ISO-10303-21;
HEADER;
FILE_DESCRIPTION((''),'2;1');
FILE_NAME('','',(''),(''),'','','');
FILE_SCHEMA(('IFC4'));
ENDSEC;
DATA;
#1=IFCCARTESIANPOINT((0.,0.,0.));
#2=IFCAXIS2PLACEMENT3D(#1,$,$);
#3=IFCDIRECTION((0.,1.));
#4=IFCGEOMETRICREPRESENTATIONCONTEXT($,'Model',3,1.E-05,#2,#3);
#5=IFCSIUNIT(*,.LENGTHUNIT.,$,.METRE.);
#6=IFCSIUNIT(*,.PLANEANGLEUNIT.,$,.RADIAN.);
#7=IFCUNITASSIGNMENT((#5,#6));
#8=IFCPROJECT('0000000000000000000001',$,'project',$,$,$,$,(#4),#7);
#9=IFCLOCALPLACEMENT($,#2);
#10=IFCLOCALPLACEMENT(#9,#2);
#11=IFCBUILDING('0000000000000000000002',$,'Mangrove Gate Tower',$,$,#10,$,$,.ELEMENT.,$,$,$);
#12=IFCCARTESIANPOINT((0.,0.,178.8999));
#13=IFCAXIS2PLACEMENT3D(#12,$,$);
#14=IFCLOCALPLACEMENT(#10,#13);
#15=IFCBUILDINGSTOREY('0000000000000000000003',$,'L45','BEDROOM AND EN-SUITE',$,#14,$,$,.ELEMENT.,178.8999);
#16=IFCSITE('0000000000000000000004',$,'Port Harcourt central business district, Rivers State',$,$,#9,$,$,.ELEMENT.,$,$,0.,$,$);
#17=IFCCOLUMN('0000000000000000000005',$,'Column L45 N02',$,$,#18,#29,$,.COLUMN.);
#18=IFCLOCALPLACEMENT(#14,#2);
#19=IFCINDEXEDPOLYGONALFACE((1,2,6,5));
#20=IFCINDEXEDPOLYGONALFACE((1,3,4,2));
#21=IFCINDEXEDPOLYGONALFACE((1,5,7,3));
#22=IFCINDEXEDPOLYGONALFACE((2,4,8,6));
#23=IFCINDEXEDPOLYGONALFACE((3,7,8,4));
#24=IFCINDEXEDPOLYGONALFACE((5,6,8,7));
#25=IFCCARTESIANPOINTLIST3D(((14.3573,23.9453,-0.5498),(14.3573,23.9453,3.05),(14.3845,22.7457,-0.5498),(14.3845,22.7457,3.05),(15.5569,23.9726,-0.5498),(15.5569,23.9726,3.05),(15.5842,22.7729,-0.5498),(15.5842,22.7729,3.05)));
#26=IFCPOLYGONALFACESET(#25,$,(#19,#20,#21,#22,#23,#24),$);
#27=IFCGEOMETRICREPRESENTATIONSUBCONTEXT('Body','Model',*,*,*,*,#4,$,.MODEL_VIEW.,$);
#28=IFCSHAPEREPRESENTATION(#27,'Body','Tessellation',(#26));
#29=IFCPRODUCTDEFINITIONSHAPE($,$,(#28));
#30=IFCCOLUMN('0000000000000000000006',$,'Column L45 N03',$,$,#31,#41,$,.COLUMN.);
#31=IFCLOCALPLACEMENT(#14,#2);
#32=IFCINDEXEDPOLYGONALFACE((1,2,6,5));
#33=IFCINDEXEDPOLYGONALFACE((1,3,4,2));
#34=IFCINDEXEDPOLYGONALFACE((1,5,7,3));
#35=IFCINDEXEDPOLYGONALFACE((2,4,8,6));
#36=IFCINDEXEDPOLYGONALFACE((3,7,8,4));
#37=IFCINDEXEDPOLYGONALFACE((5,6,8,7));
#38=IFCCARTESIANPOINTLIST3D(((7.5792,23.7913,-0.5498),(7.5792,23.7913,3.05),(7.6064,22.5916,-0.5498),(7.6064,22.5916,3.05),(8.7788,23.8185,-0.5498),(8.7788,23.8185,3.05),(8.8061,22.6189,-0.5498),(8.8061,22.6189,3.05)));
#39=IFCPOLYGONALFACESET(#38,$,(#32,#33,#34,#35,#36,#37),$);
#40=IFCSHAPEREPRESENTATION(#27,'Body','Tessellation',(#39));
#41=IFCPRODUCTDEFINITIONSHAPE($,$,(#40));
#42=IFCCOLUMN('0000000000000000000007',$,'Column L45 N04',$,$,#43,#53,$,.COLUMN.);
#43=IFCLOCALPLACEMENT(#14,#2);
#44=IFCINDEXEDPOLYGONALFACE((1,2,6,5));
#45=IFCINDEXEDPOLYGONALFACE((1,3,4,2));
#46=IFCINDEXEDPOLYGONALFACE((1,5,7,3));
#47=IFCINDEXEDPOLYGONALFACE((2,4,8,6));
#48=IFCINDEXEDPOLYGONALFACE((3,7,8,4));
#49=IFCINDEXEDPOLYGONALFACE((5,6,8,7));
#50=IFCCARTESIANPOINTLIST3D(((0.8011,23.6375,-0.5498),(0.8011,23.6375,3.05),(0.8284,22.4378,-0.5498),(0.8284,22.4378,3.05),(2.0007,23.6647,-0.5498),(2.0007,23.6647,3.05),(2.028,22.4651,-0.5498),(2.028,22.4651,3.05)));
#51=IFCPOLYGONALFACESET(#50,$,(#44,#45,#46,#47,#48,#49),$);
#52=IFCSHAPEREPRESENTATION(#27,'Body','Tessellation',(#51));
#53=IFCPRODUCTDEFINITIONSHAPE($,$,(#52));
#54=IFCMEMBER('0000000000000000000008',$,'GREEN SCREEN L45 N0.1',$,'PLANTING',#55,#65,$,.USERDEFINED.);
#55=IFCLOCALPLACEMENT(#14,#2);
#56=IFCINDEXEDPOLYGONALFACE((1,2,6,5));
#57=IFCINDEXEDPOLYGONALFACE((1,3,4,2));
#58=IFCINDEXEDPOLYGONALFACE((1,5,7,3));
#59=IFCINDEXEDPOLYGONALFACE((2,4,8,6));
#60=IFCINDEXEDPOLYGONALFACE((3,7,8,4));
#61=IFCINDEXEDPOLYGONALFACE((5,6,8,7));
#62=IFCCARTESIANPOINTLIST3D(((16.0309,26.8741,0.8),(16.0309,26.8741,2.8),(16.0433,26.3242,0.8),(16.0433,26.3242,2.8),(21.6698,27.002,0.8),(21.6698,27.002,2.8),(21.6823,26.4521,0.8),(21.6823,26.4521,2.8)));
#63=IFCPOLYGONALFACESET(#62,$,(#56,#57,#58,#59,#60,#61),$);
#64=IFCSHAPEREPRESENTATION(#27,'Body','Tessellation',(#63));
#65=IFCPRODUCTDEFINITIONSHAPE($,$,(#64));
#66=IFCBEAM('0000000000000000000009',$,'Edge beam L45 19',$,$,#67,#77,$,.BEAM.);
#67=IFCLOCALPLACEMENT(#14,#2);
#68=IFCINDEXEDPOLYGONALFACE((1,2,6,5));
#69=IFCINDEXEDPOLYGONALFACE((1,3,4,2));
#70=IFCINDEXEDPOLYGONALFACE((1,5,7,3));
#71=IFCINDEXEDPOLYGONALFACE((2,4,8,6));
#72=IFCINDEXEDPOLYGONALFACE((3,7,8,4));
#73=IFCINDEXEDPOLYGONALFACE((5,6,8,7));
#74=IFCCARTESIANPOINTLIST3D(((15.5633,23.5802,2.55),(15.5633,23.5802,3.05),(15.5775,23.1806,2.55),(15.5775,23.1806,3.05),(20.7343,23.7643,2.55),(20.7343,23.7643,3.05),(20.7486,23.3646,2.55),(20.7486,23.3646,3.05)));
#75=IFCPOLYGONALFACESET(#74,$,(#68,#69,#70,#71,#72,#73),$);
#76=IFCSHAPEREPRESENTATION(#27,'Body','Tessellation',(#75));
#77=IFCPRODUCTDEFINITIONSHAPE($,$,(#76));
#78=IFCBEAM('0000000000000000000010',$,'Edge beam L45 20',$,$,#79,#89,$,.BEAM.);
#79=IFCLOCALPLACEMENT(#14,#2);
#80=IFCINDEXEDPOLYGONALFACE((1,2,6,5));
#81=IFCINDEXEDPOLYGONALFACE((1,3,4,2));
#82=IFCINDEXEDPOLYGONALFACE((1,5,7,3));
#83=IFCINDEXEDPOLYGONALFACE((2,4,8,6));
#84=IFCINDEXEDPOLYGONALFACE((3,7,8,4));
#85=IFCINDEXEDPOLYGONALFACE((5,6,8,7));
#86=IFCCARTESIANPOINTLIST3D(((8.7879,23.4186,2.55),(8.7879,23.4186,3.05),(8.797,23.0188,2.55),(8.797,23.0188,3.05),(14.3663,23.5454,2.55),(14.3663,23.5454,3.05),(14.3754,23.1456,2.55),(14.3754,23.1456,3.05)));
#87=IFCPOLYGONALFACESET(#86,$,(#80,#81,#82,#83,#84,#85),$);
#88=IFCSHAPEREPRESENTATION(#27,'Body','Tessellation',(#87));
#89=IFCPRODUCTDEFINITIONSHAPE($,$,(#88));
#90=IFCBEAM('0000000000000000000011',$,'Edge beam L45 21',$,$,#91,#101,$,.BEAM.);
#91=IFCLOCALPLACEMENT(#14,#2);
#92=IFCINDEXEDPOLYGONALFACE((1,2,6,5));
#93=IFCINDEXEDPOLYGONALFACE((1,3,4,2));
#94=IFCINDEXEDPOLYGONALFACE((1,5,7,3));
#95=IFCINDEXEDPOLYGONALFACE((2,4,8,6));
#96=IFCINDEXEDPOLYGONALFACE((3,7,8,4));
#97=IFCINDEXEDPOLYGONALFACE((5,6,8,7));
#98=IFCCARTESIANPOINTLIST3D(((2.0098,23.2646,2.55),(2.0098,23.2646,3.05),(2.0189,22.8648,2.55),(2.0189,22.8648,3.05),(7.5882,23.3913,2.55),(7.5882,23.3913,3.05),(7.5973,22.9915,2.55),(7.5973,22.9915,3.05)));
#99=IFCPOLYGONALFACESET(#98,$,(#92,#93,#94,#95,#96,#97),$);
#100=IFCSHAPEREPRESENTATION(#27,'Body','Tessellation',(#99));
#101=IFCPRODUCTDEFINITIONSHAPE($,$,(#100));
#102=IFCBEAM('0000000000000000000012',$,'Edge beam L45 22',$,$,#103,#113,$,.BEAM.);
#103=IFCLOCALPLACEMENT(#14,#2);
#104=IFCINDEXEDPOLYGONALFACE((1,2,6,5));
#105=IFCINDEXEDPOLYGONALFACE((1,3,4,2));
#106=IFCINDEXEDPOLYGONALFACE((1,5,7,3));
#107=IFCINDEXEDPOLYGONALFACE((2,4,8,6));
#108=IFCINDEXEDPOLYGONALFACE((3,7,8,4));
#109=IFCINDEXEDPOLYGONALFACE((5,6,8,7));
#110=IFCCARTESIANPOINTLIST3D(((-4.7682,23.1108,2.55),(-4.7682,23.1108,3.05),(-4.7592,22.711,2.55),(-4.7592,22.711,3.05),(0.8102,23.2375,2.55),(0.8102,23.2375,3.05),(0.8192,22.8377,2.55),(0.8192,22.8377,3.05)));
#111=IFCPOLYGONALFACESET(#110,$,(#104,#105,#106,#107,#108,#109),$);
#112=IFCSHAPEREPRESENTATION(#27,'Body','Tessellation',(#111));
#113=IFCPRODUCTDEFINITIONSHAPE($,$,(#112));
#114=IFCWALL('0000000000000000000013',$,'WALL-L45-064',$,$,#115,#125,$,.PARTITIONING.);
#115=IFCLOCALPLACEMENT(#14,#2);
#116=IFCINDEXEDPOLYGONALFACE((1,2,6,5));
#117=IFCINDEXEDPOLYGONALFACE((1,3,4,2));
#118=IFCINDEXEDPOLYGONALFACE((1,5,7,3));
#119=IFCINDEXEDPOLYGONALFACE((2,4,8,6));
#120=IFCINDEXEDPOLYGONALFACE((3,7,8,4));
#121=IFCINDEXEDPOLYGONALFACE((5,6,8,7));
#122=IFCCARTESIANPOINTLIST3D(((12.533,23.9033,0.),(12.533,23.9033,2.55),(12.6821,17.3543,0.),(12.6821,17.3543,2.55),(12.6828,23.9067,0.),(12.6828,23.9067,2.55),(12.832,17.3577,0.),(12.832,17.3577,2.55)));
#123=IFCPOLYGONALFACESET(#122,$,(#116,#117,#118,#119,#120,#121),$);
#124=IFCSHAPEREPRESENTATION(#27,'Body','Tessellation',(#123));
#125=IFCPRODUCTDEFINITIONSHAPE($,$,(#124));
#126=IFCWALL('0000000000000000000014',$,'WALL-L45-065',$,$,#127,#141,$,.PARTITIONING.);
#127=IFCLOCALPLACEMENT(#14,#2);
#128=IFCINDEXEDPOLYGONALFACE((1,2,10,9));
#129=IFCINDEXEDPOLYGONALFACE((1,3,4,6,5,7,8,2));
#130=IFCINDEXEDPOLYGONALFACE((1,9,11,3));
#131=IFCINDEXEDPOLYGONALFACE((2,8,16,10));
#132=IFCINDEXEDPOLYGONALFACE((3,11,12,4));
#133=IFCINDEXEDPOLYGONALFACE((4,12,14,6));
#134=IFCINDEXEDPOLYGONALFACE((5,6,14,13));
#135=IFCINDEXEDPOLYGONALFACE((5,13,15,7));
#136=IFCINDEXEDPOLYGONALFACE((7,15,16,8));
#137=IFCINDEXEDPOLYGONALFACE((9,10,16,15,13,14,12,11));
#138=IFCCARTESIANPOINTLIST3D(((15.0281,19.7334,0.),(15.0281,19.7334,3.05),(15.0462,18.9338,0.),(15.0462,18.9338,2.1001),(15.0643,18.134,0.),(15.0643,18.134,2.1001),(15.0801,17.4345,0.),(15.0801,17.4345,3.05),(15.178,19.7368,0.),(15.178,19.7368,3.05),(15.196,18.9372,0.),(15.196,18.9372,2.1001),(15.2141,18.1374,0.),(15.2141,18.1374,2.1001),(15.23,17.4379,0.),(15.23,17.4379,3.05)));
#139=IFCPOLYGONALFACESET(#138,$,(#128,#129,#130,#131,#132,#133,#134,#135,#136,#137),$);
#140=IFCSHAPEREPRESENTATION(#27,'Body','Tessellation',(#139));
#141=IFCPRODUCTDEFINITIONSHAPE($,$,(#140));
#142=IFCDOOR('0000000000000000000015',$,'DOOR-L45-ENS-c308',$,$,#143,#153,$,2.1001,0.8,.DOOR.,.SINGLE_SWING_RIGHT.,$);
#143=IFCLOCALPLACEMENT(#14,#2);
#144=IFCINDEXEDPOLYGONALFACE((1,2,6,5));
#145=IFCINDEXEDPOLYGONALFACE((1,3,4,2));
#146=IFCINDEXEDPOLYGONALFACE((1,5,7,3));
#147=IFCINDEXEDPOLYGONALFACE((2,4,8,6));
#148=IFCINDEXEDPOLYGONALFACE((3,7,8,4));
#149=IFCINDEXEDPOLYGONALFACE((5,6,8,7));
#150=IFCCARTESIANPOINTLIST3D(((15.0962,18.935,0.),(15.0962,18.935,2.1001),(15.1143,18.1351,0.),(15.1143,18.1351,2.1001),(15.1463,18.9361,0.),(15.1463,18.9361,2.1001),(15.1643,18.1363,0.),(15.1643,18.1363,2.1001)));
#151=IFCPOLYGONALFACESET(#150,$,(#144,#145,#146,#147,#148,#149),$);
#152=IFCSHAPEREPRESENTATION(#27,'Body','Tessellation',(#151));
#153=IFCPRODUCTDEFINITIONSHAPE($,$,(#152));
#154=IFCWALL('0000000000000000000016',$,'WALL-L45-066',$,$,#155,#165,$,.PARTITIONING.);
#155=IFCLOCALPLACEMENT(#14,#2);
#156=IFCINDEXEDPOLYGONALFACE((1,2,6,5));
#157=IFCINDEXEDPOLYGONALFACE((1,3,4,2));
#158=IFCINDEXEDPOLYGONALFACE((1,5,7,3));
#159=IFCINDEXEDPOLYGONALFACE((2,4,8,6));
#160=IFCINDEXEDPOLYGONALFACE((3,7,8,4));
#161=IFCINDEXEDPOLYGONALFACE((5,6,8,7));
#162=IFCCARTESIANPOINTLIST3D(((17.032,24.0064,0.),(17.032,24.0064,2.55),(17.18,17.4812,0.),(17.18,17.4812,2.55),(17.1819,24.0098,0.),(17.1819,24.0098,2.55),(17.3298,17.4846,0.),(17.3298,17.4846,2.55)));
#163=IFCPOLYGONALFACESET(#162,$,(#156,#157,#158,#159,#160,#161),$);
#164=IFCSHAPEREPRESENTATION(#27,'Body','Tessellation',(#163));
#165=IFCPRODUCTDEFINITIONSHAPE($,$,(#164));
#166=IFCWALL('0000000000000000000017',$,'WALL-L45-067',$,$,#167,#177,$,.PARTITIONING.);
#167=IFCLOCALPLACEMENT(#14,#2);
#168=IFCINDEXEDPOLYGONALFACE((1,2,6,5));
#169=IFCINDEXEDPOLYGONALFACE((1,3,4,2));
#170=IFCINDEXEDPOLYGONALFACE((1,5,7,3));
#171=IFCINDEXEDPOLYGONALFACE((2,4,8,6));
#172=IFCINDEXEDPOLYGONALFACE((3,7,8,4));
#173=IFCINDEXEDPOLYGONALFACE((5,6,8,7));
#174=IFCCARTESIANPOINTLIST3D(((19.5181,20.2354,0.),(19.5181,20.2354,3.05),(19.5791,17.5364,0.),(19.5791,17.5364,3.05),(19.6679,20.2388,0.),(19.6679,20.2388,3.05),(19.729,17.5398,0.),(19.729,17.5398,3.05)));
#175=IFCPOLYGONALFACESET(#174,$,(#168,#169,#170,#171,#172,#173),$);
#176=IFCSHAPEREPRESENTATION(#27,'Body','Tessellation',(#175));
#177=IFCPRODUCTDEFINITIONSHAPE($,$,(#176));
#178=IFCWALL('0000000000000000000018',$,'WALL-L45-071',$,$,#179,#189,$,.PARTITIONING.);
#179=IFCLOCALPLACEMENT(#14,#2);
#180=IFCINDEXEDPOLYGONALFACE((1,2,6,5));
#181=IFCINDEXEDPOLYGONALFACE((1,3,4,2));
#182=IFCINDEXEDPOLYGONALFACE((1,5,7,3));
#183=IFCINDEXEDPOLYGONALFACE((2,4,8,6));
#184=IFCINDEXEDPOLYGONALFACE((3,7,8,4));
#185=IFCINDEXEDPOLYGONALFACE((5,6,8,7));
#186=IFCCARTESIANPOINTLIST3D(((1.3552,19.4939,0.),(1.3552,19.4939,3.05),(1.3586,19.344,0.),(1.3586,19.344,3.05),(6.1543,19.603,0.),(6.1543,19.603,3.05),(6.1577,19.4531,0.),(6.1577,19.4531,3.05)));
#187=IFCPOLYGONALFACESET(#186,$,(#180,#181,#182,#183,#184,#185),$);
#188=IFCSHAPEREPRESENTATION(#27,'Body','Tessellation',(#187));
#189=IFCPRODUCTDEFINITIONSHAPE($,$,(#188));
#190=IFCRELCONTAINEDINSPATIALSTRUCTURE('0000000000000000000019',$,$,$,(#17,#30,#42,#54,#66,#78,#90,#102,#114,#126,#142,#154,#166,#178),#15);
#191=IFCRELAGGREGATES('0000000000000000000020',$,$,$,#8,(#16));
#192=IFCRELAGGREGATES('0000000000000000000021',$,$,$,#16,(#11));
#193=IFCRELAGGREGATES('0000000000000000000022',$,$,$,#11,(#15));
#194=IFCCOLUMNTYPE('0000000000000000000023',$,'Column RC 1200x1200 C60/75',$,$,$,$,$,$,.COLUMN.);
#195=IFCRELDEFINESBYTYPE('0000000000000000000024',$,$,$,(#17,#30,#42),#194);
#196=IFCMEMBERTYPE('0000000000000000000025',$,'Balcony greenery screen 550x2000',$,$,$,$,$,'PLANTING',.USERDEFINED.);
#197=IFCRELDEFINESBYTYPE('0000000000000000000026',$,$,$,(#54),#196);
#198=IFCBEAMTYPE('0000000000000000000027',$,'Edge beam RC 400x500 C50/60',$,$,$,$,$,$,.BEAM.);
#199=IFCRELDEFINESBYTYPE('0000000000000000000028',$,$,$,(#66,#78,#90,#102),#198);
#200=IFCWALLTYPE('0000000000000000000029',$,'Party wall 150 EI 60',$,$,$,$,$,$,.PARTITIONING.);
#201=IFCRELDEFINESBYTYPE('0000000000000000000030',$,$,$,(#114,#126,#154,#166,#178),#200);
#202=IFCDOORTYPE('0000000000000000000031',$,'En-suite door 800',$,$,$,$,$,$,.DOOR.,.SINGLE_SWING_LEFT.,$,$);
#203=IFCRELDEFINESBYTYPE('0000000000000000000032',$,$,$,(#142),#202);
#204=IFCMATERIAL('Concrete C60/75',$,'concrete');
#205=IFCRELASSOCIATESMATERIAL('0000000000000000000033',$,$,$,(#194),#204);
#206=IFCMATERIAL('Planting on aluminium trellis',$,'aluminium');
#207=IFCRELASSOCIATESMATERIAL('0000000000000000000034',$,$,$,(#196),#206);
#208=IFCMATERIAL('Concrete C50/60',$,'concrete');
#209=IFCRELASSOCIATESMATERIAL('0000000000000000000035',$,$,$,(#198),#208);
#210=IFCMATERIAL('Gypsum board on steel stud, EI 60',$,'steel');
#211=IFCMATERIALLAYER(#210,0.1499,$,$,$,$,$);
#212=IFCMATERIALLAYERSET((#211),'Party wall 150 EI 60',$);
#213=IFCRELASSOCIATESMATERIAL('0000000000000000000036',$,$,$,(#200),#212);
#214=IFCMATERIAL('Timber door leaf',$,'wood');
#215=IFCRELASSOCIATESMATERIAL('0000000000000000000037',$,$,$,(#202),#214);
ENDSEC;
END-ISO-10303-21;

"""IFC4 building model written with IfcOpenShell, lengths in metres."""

from ifc_helpers import new_model, si_unit, direction, frame, frame_2d, origin, origin_2d, place, context, subcontext, project, spatial, rectangle, extrude, material, layer, layer_set, material_profile, profile_set, type_object, element, fill, save


model = new_model("IFC4")

# Units and contexts
model_context = context("Model", 3, precision=1e-05, world=origin(), true_north=direction((0.0, 1.0)))
body_context = subcontext(model_context, "Body", "Model", "MODEL_VIEW")
ifc_project = project(units=[si_unit("LENGTHUNIT", "METRE"), si_unit("PLANEANGLEUNIT", "RADIAN")], contexts=[model_context])

# Site, building, storey
site_placement = place(None, origin())
site = spatial("IfcSite", under=ifc_project, at=site_placement, Name="Port Harcourt central business district, Rivers State", CompositionType="ELEMENT", RefElevation=0.0)
building_placement = place(site_placement, origin())
building = spatial("IfcBuilding", under=site, at=building_placement, Name="Mangrove Gate Tower", CompositionType="ELEMENT")
storey_placement = place(building_placement, frame((0.0, 0.0, 178.8999)))
storey = spatial("IfcBuildingStorey", under=building, at=storey_placement, Name="L45", Description="BEDROOM AND EN-SUITE", CompositionType="ELEMENT", Elevation=178.8999)

# Columns
ifc_material_1 = material(Name="Concrete C60/75", Category="concrete")
ifc_material_profile_1 = material_profile(ifc_material_1, rectangle(XDim=1.2, YDim=1.2, at=origin_2d()))
ifc_profile_set_1 = profile_set([ifc_material_profile_1], Name="Concrete C60/75")
column_type = type_object("IfcColumnType", Name="Column RC 1200x1200 C60/75", PredefinedType="COLUMN", material=ifc_profile_set_1)
for number, where, z_axis, x_axis, name in (
    (1, (14.9707, 23.3591, -0.5498), (0.0, 0.0, 1.0), (-0.999742, -0.022713, 0.0), "Column L45 N02"),
    (2, (8.1926, 23.2051, -0.5498), (0.0, 0.0, 1.0), (-0.999742, -0.022715, 0.0), "Column L45 N03"),
    (3, (1.4146, 23.0513, -0.5498), (0.0, 0.0, 1.0), (-0.999742, -0.022715, 0.0), "Column L45 N04"),
):
    element("IfcColumn", number, at=place(storey_placement, frame(where, z_axis=z_axis, x_axis=x_axis)), inside=storey, type_object=column_type, Name=name, PredefinedType="COLUMN", context=body_context, shape_type="SweptSolid", body=[
        extrude(rectangle(XDim=1.2, YDim=1.2, at=origin_2d()), origin(), (0.0, 0.0, 1.0), 3.5999),
    ])

# Member
ifc_material_2 = material(Name="Planting on aluminium trellis", Category="aluminium")
ifc_material_profile_2 = material_profile(ifc_material_2, rectangle(XDim=0.55, YDim=2.0, at=origin_2d()))
ifc_profile_set_2 = profile_set([ifc_material_profile_2], Name="Planting on aluminium trellis")
member_type = type_object("IfcMemberType", Name="Balcony greenery screen 550x2000", ElementType="PLANTING", PredefinedType="USERDEFINED", material=ifc_profile_set_2)
member_placement = place(storey_placement, frame((16.0371, 26.5991, 1.8), z_axis=(0.999743, 0.022681, 0.0), x_axis=(-0.022681, 0.999743, 0.0)))
element("IfcMember", 4, at=member_placement, inside=storey, type_object=member_type, Name="GREEN SCREEN L45 N0.1", ObjectType="PLANTING", PredefinedType="USERDEFINED", context=body_context, shape_type="SweptSolid", body=[
    extrude(rectangle(XDim=0.55, YDim=2.0, at=origin_2d()), origin(), (0.0, 0.0, 1.0), 5.6404),
])

# Beams
ifc_material_3 = material(Name="Concrete C50/60", Category="concrete")
ifc_material_profile_3 = material_profile(ifc_material_3, rectangle(XDim=0.3999, YDim=0.5, at=origin_2d()))
ifc_profile_set_3 = profile_set([ifc_material_profile_3], Name="Concrete C50/60")
beam_type = type_object("IfcBeamType", Name="Edge beam RC 400x500 C50/60", PredefinedType="BEAM", material=ifc_profile_set_3)
beam_placement = place(storey_placement, frame((20.7415, 23.5645, 2.8), z_axis=(-0.999367, -0.035575, 0.0), x_axis=(0.035575, -0.999367, 0.0)))
element("IfcBeam", 5, at=beam_placement, inside=storey, type_object=beam_type, Name="Edge beam L45 19", PredefinedType="BEAM", context=body_context, shape_type="SweptSolid", body=[
    extrude(rectangle(XDim=0.3999, YDim=0.5, at=origin_2d()), origin(), (0.0, 0.0, 1.0), 5.1743),
])
for number, where, z_axis, x_axis, name in (
    (6, (14.3708, 23.3455, 2.8), (-0.999742, -0.022708, 0.0), (0.022708, -0.999742, 0.0), "Edge beam L45 20"),
    (7, (7.5928, 23.1914, 2.8), (-0.999742, -0.022708, 0.0), (0.022708, -0.999742, 0.0), "Edge beam L45 21"),
    (8, (0.8147, 23.0376, 2.8), (-0.999742, -0.022708, 0.0), (0.022708, -0.999742, 0.0), "Edge beam L45 22"),
):
    element("IfcBeam", number, at=place(storey_placement, frame(where, z_axis=z_axis, x_axis=x_axis)), inside=storey, type_object=beam_type, Name=name, PredefinedType="BEAM", context=body_context, shape_type="SweptSolid", body=[
        extrude(rectangle(XDim=0.3999, YDim=0.5, at=origin_2d()), origin(), (0.0, 0.0, 1.0), 5.5798),
    ])

# Wall
ifc_material_4 = material(Name="Gypsum board on steel stud, EI 60", Category="steel")
ifc_layer_1 = layer(ifc_material_4, 0.1499)
ifc_layer_set_1 = layer_set([ifc_layer_1], Name="Party wall 150 EI 60")
wall_type_1 = type_object("IfcWallType", Name="Party wall 150 EI 60", PredefinedType="PARTITIONING", material=ifc_layer_set_1)
wall_1_placement = place(storey_placement, frame((12.7571, 17.356, 0.0), z_axis=(0.0, 0.0, 1.0), x_axis=(-0.022771, 0.999741, 0.0)))
element("IfcWall", 9, at=wall_1_placement, inside=storey, type_object=wall_type_1, Name="WALL-L45-064", PredefinedType="PARTITIONING", context=body_context, shape_type="SweptSolid", body=[
    extrude(rectangle(XDim=6.5508, YDim=0.1499, at=frame_2d((3.2754, 0.0))), origin(), (0.0, 0.0, 1.0), 2.55),
])

# Wall, opening, door
wall_2_placement = place(storey_placement, frame((15.155, 17.436, 0.0), z_axis=(0.0, 0.0, 1.0), x_axis=(-0.022613, 0.999744, 0.0)))
wall_2 = element("IfcWall", 10, at=wall_2_placement, inside=storey, type_object=wall_type_1, Name="WALL-L45-065", PredefinedType="PARTITIONING", context=body_context, shape_type="SweptSolid", body=[
    extrude(rectangle(XDim=2.2996, YDim=0.1499, at=frame_2d((1.1499, 0.0))), origin(), (0.0, 0.0, 1.0), 3.05),
])
opening_placement = place(wall_2_placement, frame((0.7, 0.0, 0.0)))
opening = element("IfcOpeningElement", 11, at=opening_placement, cuts=wall_2, PredefinedType="OPENING", context=body_context, shape_type="SweptSolid", body=[
    extrude(rectangle(XDim=0.8, YDim=2.1001, at=frame_2d((0.3999, 1.05))), frame((0.0, 0.085, 0.0), z_axis=(0.0, -1.0, 0.0), x_axis=(1.0, 0.0, 0.0)), (0.0, 0.0, 1.0), 0.1699),
])
ifc_material_5 = material(Name="Timber door leaf", Category="wood")
door_type = type_object("IfcDoorType", Name="En-suite door 800", OperationType="SINGLE_SWING_LEFT", PredefinedType="DOOR", material=ifc_material_5)
door_placement = place(opening_placement, origin())
door = element("IfcDoor", 12, at=door_placement, inside=storey, type_object=door_type, Name="DOOR-L45-ENS-c308", OperationType="SINGLE_SWING_RIGHT", OverallHeight=2.1001, OverallWidth=0.8, PredefinedType="DOOR", context=body_context, shape_type="SweptSolid", body=[
    extrude(rectangle(XDim=0.8, YDim=2.1001, at=frame_2d((0.3999, 1.05))), frame((0.0, 0.0249, 0.0), z_axis=(0.0, -1.0, 0.0), x_axis=(1.0, 0.0, 0.0)), (0.0, 0.0, 1.0), 0.05),
])
fill(opening, door)

# Walls
wall_3_placement = place(storey_placement, frame((17.2549, 17.4829, 0.0), z_axis=(0.0, 0.0, 1.0), x_axis=(-0.022668, 0.999743, 0.0)))
element("IfcWall", 13, at=wall_3_placement, inside=storey, type_object=wall_type_1, Name="WALL-L45-066", PredefinedType="PARTITIONING", context=body_context, shape_type="SweptSolid", body=[
    extrude(rectangle(XDim=6.5269, YDim=0.1499, at=frame_2d((3.2634, 0.0))), origin(), (0.0, 0.0, 1.0), 2.55),
])
wall_4_placement = place(storey_placement, frame((19.6541, 17.5381, 0.0), z_axis=(0.0, 0.0, 1.0), x_axis=(-0.022608, 0.999744, 0.0)))
element("IfcWall", 14, at=wall_4_placement, inside=storey, type_object=wall_type_1, Name="WALL-L45-067", PredefinedType="PARTITIONING", context=body_context, shape_type="SweptSolid", body=[
    extrude(rectangle(XDim=2.6997, YDim=0.1499, at=frame_2d((1.3499, 0.0))), origin(), (0.0, 0.0, 1.0), 3.05),
])
wall_5_placement = place(storey_placement, frame((1.3569, 19.4189, 0.0), z_axis=(0.0, 0.0, 1.0), x_axis=(0.999742, 0.022734, 0.0)))
element("IfcWall", 15, at=wall_5_placement, inside=storey, type_object=wall_type_1, Name="WALL-L45-071", PredefinedType="PARTITIONING", context=body_context, shape_type="SweptSolid", body=[
    extrude(rectangle(XDim=4.8003, YDim=0.1499, at=frame_2d((2.4001, 0.0))), origin(), (0.0, 0.0, 1.0), 3.05),
])

save(model, "model.ifc")
